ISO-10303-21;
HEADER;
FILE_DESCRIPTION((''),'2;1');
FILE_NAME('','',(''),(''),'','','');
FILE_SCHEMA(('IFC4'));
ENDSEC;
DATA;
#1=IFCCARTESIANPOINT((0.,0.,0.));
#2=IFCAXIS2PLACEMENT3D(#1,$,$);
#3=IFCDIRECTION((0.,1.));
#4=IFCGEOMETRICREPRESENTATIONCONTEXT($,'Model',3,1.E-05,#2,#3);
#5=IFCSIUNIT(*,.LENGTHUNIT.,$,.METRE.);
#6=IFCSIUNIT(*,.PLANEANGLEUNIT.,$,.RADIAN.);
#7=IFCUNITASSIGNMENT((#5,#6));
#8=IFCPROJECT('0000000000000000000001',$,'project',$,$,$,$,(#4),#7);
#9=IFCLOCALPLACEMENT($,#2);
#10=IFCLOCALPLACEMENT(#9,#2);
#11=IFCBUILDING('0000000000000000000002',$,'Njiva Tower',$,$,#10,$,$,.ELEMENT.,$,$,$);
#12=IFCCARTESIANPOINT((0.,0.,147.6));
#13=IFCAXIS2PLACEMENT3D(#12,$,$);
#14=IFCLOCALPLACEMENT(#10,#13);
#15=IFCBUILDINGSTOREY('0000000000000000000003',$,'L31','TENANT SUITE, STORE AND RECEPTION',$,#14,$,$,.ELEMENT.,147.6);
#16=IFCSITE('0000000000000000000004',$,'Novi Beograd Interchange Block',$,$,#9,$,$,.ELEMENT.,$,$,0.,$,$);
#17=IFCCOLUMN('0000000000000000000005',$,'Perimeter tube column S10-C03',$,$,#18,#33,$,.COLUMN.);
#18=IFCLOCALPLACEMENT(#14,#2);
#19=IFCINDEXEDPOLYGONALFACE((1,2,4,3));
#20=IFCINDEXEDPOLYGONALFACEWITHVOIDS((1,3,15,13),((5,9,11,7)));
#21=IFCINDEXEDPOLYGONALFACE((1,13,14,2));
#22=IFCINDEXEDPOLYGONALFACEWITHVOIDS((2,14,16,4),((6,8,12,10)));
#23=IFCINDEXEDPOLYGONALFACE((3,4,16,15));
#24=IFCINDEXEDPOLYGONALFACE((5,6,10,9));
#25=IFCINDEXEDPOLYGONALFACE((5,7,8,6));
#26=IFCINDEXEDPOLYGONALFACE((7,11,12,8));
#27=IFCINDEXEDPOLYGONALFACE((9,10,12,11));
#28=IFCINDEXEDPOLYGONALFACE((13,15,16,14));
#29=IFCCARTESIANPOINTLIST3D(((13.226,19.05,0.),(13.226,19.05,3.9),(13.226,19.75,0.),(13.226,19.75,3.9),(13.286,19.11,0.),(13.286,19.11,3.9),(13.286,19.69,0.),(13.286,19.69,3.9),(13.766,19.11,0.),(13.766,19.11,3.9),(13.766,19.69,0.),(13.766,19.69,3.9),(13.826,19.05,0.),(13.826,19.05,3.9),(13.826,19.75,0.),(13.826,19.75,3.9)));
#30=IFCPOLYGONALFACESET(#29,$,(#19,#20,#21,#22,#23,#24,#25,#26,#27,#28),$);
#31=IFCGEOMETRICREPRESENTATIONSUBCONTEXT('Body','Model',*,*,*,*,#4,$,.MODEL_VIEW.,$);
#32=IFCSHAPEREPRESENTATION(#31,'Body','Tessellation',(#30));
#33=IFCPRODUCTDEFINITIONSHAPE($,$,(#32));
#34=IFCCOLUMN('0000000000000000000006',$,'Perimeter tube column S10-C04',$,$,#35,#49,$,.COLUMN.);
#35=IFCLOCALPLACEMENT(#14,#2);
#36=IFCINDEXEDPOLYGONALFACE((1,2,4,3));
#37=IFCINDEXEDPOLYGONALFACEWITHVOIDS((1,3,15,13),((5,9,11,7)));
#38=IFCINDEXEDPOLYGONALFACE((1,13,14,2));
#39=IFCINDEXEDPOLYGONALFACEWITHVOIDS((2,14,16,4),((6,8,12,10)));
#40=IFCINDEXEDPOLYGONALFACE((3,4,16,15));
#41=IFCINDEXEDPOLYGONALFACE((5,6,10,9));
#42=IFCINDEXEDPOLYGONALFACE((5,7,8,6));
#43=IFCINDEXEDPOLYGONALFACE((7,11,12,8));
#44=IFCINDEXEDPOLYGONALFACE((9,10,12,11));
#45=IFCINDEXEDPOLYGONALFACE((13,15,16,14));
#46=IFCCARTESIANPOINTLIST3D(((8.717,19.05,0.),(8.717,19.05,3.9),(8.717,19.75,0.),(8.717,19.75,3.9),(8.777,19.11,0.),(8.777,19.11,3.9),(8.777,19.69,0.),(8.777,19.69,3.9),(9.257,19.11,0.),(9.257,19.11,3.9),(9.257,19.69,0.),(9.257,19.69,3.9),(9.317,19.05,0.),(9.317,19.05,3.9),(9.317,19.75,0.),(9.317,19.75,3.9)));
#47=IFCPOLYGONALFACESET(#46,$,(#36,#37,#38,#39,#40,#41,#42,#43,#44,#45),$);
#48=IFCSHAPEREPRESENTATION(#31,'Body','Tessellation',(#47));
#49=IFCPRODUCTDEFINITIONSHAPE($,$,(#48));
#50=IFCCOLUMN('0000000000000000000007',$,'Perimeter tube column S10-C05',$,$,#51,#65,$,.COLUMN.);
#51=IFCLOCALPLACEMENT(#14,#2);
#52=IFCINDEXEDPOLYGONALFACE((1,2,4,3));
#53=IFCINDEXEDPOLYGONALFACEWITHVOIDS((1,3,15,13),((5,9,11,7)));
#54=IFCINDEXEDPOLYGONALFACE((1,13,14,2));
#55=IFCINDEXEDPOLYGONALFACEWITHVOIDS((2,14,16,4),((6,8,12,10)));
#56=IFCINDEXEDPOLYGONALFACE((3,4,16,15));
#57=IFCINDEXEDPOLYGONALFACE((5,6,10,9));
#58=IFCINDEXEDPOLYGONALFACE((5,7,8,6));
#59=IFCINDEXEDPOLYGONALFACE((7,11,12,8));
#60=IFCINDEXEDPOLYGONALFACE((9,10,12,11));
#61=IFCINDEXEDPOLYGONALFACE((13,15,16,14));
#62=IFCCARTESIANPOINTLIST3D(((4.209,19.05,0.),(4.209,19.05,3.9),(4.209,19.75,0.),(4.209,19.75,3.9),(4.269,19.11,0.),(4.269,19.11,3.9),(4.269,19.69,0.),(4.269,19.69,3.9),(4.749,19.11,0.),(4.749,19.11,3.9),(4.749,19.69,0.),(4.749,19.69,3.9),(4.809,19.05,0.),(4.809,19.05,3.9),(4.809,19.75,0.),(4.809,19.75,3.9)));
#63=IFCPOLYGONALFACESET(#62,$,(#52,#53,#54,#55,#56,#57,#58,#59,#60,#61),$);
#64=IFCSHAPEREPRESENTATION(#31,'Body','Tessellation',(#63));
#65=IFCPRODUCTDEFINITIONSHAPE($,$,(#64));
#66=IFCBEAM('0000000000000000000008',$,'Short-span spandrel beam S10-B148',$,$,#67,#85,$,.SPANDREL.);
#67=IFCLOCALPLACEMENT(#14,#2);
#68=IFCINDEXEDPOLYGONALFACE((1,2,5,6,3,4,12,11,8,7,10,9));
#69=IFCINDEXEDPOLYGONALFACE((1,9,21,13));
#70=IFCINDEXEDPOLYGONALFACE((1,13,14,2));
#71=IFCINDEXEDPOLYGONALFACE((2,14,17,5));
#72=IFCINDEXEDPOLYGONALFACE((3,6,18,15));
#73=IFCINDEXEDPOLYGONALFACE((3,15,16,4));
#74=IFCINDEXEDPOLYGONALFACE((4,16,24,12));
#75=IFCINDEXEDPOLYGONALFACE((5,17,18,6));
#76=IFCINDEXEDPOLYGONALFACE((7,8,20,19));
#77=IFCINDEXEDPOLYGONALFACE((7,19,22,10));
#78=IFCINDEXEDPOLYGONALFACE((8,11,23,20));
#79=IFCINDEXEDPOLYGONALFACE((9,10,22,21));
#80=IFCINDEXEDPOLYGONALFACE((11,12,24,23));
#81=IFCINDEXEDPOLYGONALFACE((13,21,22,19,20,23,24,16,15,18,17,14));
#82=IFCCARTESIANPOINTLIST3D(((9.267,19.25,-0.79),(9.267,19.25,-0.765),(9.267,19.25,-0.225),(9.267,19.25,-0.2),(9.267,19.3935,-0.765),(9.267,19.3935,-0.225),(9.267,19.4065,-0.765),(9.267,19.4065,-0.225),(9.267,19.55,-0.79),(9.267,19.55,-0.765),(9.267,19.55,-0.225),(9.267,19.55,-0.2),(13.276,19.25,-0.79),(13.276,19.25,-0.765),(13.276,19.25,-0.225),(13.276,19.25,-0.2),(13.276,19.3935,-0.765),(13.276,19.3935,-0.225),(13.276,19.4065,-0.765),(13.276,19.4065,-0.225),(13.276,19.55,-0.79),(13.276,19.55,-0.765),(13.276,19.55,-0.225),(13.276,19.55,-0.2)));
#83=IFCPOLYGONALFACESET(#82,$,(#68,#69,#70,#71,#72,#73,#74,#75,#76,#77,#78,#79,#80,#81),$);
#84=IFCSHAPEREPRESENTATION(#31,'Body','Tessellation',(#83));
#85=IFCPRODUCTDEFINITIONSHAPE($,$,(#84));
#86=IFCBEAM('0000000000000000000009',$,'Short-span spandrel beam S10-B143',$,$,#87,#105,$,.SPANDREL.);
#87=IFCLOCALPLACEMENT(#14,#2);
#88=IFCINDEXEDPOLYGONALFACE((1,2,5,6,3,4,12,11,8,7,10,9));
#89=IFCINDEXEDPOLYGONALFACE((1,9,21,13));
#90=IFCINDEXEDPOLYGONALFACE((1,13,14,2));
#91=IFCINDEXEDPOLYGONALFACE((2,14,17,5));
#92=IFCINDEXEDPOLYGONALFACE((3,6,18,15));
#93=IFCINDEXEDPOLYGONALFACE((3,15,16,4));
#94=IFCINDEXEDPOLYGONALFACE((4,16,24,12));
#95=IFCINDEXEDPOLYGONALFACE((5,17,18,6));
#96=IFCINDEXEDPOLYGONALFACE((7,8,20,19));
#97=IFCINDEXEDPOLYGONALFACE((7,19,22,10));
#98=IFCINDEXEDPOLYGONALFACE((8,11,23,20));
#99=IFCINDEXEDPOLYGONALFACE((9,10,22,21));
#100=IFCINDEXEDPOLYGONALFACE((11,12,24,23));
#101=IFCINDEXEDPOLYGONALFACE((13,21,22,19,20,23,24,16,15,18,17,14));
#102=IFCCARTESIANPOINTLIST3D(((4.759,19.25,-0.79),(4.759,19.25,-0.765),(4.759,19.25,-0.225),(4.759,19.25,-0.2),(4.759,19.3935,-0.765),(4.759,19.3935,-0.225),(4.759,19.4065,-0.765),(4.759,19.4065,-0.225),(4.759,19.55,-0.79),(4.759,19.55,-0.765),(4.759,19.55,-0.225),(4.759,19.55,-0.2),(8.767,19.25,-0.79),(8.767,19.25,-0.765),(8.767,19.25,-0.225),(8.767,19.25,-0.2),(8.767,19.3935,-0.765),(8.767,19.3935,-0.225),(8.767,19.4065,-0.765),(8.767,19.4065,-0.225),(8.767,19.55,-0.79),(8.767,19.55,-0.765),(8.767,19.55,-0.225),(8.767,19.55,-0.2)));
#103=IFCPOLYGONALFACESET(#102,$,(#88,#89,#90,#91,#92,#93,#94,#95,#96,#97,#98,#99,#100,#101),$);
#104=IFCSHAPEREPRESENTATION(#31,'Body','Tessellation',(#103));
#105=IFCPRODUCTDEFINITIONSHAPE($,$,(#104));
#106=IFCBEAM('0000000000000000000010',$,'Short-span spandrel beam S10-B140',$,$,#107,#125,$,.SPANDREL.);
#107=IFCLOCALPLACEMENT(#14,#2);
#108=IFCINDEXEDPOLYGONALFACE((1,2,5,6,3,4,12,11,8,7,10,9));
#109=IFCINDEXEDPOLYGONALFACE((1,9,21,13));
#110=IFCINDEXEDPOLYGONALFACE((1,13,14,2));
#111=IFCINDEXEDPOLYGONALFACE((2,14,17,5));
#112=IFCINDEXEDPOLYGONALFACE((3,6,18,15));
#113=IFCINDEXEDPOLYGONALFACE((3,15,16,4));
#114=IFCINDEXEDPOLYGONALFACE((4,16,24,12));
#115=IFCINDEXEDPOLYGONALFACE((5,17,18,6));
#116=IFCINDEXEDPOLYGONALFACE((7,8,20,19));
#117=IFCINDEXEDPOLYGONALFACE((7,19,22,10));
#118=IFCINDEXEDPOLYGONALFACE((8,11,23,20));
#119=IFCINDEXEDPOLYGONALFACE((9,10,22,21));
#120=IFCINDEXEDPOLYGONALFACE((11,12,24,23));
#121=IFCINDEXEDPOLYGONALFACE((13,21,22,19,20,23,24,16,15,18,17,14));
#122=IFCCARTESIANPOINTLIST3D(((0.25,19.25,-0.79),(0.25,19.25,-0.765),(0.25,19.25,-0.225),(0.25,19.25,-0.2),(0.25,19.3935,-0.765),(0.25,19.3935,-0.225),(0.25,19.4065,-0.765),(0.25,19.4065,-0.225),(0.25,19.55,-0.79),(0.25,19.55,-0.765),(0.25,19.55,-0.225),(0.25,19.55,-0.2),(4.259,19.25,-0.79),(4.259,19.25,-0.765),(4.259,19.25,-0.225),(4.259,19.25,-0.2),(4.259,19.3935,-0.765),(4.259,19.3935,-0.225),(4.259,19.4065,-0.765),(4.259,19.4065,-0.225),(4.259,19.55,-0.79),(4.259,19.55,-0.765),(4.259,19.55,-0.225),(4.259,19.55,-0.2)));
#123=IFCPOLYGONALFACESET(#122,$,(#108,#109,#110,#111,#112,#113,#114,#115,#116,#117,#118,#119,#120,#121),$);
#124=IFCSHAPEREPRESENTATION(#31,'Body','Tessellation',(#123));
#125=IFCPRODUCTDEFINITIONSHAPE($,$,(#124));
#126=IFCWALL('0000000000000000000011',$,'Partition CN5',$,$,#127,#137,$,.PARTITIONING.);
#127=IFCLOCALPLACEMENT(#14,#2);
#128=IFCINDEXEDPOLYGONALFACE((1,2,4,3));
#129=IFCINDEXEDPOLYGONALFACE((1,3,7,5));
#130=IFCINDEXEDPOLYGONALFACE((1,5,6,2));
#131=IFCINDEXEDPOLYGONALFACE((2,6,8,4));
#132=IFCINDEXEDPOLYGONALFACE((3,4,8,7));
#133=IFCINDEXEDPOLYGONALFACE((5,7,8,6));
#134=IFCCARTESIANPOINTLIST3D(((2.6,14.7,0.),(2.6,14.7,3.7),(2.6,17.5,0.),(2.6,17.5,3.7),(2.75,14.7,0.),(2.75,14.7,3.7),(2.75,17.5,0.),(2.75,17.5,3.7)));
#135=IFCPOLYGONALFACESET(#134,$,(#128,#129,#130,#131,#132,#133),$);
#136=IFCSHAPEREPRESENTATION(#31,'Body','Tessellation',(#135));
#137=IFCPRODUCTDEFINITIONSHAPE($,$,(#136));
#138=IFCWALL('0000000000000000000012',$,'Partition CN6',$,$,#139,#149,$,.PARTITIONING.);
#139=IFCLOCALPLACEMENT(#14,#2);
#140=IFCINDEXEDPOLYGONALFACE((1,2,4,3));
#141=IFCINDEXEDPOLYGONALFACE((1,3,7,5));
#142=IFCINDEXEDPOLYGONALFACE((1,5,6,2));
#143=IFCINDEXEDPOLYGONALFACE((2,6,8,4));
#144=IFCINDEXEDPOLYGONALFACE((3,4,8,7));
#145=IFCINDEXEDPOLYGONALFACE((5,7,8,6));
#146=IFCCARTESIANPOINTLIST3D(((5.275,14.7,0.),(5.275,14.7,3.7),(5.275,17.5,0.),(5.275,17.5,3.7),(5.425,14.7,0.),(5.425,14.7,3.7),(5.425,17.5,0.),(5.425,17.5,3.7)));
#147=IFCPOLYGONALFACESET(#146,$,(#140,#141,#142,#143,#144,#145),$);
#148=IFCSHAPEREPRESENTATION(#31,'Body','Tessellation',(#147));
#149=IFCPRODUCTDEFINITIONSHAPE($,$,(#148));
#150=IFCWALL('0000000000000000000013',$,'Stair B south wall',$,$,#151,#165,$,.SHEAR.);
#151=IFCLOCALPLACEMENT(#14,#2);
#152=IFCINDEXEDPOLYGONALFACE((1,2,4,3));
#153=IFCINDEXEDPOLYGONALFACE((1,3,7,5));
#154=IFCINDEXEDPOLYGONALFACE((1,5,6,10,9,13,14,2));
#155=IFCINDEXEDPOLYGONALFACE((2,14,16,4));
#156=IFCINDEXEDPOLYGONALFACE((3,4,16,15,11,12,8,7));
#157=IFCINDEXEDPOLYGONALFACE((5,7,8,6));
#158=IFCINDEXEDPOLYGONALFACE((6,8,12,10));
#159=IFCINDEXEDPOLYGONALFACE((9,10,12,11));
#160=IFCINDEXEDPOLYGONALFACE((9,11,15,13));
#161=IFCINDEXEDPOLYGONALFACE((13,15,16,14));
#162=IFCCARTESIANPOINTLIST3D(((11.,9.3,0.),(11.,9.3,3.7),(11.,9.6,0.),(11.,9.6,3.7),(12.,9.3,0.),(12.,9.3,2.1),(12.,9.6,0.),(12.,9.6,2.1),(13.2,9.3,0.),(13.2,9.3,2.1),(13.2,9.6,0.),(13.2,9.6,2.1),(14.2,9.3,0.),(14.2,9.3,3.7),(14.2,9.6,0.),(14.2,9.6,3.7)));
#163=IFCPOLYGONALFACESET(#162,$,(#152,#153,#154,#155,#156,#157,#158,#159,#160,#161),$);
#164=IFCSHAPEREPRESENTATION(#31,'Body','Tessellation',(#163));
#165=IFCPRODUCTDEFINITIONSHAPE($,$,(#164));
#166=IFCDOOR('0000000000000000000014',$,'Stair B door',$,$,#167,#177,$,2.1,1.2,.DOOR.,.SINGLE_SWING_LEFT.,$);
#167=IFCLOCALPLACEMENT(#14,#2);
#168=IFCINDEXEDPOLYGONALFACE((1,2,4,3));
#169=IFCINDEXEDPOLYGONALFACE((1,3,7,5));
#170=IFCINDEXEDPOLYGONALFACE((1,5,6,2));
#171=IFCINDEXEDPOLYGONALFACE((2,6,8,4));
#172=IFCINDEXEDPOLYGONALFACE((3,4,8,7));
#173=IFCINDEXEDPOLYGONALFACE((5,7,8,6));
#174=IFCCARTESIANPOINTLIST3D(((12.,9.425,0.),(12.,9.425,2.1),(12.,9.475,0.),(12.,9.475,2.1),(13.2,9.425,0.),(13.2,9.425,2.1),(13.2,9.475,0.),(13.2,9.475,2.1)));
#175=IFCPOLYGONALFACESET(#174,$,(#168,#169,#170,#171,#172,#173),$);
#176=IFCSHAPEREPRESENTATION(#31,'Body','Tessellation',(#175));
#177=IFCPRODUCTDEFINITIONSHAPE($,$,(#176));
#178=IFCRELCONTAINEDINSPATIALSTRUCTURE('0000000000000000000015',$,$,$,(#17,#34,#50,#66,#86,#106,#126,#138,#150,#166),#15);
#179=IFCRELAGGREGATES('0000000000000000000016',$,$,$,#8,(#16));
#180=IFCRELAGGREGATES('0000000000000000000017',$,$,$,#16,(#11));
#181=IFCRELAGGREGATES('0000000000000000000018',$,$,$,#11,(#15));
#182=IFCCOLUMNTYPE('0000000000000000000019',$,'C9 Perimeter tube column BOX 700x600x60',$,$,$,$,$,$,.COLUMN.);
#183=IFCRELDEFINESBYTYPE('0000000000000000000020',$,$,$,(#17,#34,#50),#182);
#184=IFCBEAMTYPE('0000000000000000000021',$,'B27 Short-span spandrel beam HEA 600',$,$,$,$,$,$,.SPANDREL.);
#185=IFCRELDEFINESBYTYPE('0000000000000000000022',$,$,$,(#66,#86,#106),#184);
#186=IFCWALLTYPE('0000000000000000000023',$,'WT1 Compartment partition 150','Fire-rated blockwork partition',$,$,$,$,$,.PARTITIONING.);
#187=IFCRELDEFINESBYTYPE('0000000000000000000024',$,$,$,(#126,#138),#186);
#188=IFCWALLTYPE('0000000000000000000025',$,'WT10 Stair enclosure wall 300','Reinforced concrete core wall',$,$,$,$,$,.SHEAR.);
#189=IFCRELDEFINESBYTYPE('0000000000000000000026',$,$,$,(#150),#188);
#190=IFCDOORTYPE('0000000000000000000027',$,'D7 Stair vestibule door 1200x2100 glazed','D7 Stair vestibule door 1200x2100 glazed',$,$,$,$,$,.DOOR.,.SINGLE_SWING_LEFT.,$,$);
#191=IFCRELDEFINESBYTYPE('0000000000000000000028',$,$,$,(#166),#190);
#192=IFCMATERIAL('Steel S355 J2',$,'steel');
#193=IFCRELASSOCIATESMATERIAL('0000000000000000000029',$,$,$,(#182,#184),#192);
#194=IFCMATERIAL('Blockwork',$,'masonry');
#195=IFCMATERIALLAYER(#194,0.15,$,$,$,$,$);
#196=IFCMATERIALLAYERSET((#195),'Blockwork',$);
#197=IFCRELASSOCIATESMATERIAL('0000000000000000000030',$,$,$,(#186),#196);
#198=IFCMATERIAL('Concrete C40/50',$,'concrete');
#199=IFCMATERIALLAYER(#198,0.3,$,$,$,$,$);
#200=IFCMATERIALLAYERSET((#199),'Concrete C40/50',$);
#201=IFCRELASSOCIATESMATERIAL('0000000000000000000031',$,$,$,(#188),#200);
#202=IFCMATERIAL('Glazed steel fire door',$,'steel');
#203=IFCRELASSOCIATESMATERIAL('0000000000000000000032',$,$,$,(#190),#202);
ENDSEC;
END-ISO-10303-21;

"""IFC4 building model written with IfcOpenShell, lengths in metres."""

from ifc_helpers import new_model, si_unit, direction, frame, frame_2d, origin, origin_2d, place, context, subcontext, project, spatial, rectangle, hollow_rectangle, i_section, extrude, material, layer, layer_set, material_profile, profile_set, type_object, element, fill, save


model = new_model("IFC4")

# Units and contexts
model_context = context("Model", 3, precision=1e-05, world=origin(), true_north=direction((0.0, 1.0)))
body_context = subcontext(model_context, "Body", "Model", "MODEL_VIEW")
ifc_project = project(units=[si_unit("LENGTHUNIT", "METRE"), si_unit("PLANEANGLEUNIT", "RADIAN")], contexts=[model_context])

# Site, building, storey
site_placement = place(None, origin())
site = spatial("IfcSite", under=ifc_project, at=site_placement, Name="Novi Beograd Interchange Block", CompositionType="ELEMENT", RefElevation=0.0)
building_placement = place(site_placement, origin())
building = spatial("IfcBuilding", under=site, at=building_placement, Name="Njiva Tower", CompositionType="ELEMENT")
storey_placement = place(building_placement, frame((0.0, 0.0, 147.6)))
storey = spatial("IfcBuildingStorey", under=building, at=storey_placement, Name="L31", Description="TENANT SUITE, STORE AND RECEPTION", CompositionType="ELEMENT", Elevation=147.6)

# Columns
ifc_material_1 = material(Name="Steel S355 J2", Category="steel")
ifc_material_profile_1 = material_profile(ifc_material_1, hollow_rectangle(XDim=0.6, YDim=0.7, WallThickness=0.06, at=origin_2d()), Name="BOX 700x600x60")
ifc_profile_set_1 = profile_set([ifc_material_profile_1], Name="Steel S355 J2")
column_type = type_object("IfcColumnType", Name="C9 Perimeter tube column BOX 700x600x60", PredefinedType="COLUMN", material=ifc_profile_set_1)
for number, where, z_axis, x_axis, name in (
    (1, (13.526, 19.4, 0.0), (0.0, 0.0, 1.0), (-1.0, 0.0, 0.0), "Perimeter tube column S10-C03"),
    (2, (9.017, 19.4, 0.0), (0.0, 0.0, 1.0), (-1.0, 0.0, 0.0), "Perimeter tube column S10-C04"),
    (3, (4.509, 19.4, 0.0), (0.0, 0.0, 1.0), (-1.0, 0.0, 0.0), "Perimeter tube column S10-C05"),
):
    element("IfcColumn", number, at=place(storey_placement, frame(where, z_axis=z_axis, x_axis=x_axis)), inside=storey, type_object=column_type, Name=name, PredefinedType="COLUMN", context=body_context, shape_type="SweptSolid", body=[
        extrude(hollow_rectangle(XDim=0.6, YDim=0.7, WallThickness=0.06, at=origin_2d()), origin(), (0.0, 0.0, 1.0), 3.9),
    ])

# Beams
ifc_material_profile_2 = material_profile(ifc_material_1, i_section(OverallWidth=0.3, OverallDepth=0.59, WebThickness=0.013, FlangeThickness=0.025, at=origin_2d()), Name="HEA 600")
ifc_profile_set_2 = profile_set([ifc_material_profile_2], Name="Steel S355 J2")
beam_type = type_object("IfcBeamType", Name="B27 Short-span spandrel beam HEA 600", PredefinedType="SPANDREL", material=ifc_profile_set_2)
beam_1_placement = place(storey_placement, frame((13.276, 19.4, -0.495), z_axis=(-1.0, 0.0, 0.0), x_axis=(0.0, -1.0, 0.0)))
element("IfcBeam", 4, at=beam_1_placement, inside=storey, type_object=beam_type, Name="Short-span spandrel beam S10-B148", PredefinedType="SPANDREL", context=body_context, shape_type="SweptSolid", body=[
    extrude(i_section(OverallWidth=0.3, OverallDepth=0.59, WebThickness=0.013, FlangeThickness=0.025, at=origin_2d()), origin(), (0.0, 0.0, 1.0), 4.009),
])
beam_2_placement = place(storey_placement, frame((8.767, 19.4, -0.495), z_axis=(-1.0, 0.0, 0.0), x_axis=(0.0, -1.0, 0.0)))
element("IfcBeam", 5, at=beam_2_placement, inside=storey, type_object=beam_type, Name="Short-span spandrel beam S10-B143", PredefinedType="SPANDREL", context=body_context, shape_type="SweptSolid", body=[
    extrude(i_section(OverallWidth=0.3, OverallDepth=0.59, WebThickness=0.013, FlangeThickness=0.025, at=origin_2d()), origin(), (0.0, 0.0, 1.0), 4.008),
])
beam_3_placement = place(storey_placement, frame((4.259, 19.4, -0.495), z_axis=(-1.0, 0.0, 0.0), x_axis=(0.0, -1.0, 0.0)))
element("IfcBeam", 6, at=beam_3_placement, inside=storey, type_object=beam_type, Name="Short-span spandrel beam S10-B140", PredefinedType="SPANDREL", context=body_context, shape_type="SweptSolid", body=[
    extrude(i_section(OverallWidth=0.3, OverallDepth=0.59, WebThickness=0.013, FlangeThickness=0.025, at=origin_2d()), origin(), (0.0, 0.0, 1.0), 4.009),
])

# Walls
ifc_material_2 = material(Name="Blockwork", Category="masonry")
ifc_layer_1 = layer(ifc_material_2, 0.15)
ifc_layer_set_1 = layer_set([ifc_layer_1], Name="Blockwork")
wall_type_1 = type_object("IfcWallType", Name="WT1 Compartment partition 150", Description="Fire-rated blockwork partition", PredefinedType="PARTITIONING", material=ifc_layer_set_1)
for number, where, z_axis, x_axis, name in (
    (7, (2.675, 14.7, 0.0), (0.0, 0.0, 1.0), (0.0, 1.0, 0.0), "Partition CN5"),
    (8, (5.35, 14.7, 0.0), (0.0, 0.0, 1.0), (0.0, 1.0, 0.0), "Partition CN6"),
):
    element("IfcWall", number, at=place(storey_placement, frame(where, z_axis=z_axis, x_axis=x_axis)), inside=storey, type_object=wall_type_1, Name=name, PredefinedType="PARTITIONING", context=body_context, shape_type="SweptSolid", body=[
        extrude(rectangle(XDim=2.8, YDim=0.15, at=frame_2d((1.4, 0.0))), origin(), (0.0, 0.0, 1.0), 3.7),
    ])

# Wall, opening, door
ifc_material_3 = material(Name="Concrete C40/50", Category="concrete")
ifc_layer_2 = layer(ifc_material_3, 0.3)
ifc_layer_set_2 = layer_set([ifc_layer_2], Name="Concrete C40/50")
wall_type_2 = type_object("IfcWallType", Name="WT10 Stair enclosure wall 300", Description="Reinforced concrete core wall", PredefinedType="SHEAR", material=ifc_layer_set_2)
wall_1_placement = place(storey_placement, frame((11.0, 9.45, 0.0), z_axis=(0.0, 0.0, 1.0), x_axis=(1.0, 0.0, 0.0)))
wall_1 = element("IfcWall", 9, at=wall_1_placement, inside=storey, type_object=wall_type_2, Name="Stair B south wall", PredefinedType="SHEAR", context=body_context, shape_type="SweptSolid", body=[
    extrude(rectangle(XDim=3.2, YDim=0.3, at=frame_2d((1.6, 0.0))), origin(), (0.0, 0.0, 1.0), 3.7),
])
opening_1_placement = place(wall_1_placement, frame((1.0, 0.0, 0.0)))
opening_1 = element("IfcOpeningElement", 10, at=opening_1_placement, cuts=wall_1, PredefinedType="OPENING", context=body_context, shape_type="SweptSolid", body=[
    extrude(rectangle(XDim=1.2, YDim=2.1, at=frame_2d((0.6, 1.05))), frame((0.0, 0.16, 0.0), z_axis=(0.0, -1.0, 0.0), x_axis=(1.0, 0.0, 0.0)), (0.0, 0.0, 1.0), 0.32),
])
ifc_material_4 = material(Name="Glazed steel fire door", Category="steel")
door_type_1 = type_object("IfcDoorType", Name="D7 Stair vestibule door 1200x2100 glazed", Description="D7 Stair vestibule door 1200x2100 glazed", OperationType="SINGLE_SWING_LEFT", PredefinedType="DOOR", material=ifc_material_4)
door_1_placement = place(opening_1_placement, origin())
door_1 = element("IfcDoor", 11, at=door_1_placement, inside=storey, type_object=door_type_1, Name="Stair B door", OperationType="SINGLE_SWING_LEFT", OverallHeight=2.1, OverallWidth=1.2, PredefinedType="DOOR", context=body_context, shape_type="SweptSolid", body=[
    extrude(rectangle(XDim=1.2, YDim=2.1, at=frame_2d((0.6, 1.05))), frame((0.0, 0.025, 0.0), z_axis=(0.0, -1.0, 0.0), x_axis=(1.0, 0.0, 0.0)), (0.0, 0.0, 1.0), 0.05),
])
fill(opening_1, door_1)

save(model, "model.ifc")
